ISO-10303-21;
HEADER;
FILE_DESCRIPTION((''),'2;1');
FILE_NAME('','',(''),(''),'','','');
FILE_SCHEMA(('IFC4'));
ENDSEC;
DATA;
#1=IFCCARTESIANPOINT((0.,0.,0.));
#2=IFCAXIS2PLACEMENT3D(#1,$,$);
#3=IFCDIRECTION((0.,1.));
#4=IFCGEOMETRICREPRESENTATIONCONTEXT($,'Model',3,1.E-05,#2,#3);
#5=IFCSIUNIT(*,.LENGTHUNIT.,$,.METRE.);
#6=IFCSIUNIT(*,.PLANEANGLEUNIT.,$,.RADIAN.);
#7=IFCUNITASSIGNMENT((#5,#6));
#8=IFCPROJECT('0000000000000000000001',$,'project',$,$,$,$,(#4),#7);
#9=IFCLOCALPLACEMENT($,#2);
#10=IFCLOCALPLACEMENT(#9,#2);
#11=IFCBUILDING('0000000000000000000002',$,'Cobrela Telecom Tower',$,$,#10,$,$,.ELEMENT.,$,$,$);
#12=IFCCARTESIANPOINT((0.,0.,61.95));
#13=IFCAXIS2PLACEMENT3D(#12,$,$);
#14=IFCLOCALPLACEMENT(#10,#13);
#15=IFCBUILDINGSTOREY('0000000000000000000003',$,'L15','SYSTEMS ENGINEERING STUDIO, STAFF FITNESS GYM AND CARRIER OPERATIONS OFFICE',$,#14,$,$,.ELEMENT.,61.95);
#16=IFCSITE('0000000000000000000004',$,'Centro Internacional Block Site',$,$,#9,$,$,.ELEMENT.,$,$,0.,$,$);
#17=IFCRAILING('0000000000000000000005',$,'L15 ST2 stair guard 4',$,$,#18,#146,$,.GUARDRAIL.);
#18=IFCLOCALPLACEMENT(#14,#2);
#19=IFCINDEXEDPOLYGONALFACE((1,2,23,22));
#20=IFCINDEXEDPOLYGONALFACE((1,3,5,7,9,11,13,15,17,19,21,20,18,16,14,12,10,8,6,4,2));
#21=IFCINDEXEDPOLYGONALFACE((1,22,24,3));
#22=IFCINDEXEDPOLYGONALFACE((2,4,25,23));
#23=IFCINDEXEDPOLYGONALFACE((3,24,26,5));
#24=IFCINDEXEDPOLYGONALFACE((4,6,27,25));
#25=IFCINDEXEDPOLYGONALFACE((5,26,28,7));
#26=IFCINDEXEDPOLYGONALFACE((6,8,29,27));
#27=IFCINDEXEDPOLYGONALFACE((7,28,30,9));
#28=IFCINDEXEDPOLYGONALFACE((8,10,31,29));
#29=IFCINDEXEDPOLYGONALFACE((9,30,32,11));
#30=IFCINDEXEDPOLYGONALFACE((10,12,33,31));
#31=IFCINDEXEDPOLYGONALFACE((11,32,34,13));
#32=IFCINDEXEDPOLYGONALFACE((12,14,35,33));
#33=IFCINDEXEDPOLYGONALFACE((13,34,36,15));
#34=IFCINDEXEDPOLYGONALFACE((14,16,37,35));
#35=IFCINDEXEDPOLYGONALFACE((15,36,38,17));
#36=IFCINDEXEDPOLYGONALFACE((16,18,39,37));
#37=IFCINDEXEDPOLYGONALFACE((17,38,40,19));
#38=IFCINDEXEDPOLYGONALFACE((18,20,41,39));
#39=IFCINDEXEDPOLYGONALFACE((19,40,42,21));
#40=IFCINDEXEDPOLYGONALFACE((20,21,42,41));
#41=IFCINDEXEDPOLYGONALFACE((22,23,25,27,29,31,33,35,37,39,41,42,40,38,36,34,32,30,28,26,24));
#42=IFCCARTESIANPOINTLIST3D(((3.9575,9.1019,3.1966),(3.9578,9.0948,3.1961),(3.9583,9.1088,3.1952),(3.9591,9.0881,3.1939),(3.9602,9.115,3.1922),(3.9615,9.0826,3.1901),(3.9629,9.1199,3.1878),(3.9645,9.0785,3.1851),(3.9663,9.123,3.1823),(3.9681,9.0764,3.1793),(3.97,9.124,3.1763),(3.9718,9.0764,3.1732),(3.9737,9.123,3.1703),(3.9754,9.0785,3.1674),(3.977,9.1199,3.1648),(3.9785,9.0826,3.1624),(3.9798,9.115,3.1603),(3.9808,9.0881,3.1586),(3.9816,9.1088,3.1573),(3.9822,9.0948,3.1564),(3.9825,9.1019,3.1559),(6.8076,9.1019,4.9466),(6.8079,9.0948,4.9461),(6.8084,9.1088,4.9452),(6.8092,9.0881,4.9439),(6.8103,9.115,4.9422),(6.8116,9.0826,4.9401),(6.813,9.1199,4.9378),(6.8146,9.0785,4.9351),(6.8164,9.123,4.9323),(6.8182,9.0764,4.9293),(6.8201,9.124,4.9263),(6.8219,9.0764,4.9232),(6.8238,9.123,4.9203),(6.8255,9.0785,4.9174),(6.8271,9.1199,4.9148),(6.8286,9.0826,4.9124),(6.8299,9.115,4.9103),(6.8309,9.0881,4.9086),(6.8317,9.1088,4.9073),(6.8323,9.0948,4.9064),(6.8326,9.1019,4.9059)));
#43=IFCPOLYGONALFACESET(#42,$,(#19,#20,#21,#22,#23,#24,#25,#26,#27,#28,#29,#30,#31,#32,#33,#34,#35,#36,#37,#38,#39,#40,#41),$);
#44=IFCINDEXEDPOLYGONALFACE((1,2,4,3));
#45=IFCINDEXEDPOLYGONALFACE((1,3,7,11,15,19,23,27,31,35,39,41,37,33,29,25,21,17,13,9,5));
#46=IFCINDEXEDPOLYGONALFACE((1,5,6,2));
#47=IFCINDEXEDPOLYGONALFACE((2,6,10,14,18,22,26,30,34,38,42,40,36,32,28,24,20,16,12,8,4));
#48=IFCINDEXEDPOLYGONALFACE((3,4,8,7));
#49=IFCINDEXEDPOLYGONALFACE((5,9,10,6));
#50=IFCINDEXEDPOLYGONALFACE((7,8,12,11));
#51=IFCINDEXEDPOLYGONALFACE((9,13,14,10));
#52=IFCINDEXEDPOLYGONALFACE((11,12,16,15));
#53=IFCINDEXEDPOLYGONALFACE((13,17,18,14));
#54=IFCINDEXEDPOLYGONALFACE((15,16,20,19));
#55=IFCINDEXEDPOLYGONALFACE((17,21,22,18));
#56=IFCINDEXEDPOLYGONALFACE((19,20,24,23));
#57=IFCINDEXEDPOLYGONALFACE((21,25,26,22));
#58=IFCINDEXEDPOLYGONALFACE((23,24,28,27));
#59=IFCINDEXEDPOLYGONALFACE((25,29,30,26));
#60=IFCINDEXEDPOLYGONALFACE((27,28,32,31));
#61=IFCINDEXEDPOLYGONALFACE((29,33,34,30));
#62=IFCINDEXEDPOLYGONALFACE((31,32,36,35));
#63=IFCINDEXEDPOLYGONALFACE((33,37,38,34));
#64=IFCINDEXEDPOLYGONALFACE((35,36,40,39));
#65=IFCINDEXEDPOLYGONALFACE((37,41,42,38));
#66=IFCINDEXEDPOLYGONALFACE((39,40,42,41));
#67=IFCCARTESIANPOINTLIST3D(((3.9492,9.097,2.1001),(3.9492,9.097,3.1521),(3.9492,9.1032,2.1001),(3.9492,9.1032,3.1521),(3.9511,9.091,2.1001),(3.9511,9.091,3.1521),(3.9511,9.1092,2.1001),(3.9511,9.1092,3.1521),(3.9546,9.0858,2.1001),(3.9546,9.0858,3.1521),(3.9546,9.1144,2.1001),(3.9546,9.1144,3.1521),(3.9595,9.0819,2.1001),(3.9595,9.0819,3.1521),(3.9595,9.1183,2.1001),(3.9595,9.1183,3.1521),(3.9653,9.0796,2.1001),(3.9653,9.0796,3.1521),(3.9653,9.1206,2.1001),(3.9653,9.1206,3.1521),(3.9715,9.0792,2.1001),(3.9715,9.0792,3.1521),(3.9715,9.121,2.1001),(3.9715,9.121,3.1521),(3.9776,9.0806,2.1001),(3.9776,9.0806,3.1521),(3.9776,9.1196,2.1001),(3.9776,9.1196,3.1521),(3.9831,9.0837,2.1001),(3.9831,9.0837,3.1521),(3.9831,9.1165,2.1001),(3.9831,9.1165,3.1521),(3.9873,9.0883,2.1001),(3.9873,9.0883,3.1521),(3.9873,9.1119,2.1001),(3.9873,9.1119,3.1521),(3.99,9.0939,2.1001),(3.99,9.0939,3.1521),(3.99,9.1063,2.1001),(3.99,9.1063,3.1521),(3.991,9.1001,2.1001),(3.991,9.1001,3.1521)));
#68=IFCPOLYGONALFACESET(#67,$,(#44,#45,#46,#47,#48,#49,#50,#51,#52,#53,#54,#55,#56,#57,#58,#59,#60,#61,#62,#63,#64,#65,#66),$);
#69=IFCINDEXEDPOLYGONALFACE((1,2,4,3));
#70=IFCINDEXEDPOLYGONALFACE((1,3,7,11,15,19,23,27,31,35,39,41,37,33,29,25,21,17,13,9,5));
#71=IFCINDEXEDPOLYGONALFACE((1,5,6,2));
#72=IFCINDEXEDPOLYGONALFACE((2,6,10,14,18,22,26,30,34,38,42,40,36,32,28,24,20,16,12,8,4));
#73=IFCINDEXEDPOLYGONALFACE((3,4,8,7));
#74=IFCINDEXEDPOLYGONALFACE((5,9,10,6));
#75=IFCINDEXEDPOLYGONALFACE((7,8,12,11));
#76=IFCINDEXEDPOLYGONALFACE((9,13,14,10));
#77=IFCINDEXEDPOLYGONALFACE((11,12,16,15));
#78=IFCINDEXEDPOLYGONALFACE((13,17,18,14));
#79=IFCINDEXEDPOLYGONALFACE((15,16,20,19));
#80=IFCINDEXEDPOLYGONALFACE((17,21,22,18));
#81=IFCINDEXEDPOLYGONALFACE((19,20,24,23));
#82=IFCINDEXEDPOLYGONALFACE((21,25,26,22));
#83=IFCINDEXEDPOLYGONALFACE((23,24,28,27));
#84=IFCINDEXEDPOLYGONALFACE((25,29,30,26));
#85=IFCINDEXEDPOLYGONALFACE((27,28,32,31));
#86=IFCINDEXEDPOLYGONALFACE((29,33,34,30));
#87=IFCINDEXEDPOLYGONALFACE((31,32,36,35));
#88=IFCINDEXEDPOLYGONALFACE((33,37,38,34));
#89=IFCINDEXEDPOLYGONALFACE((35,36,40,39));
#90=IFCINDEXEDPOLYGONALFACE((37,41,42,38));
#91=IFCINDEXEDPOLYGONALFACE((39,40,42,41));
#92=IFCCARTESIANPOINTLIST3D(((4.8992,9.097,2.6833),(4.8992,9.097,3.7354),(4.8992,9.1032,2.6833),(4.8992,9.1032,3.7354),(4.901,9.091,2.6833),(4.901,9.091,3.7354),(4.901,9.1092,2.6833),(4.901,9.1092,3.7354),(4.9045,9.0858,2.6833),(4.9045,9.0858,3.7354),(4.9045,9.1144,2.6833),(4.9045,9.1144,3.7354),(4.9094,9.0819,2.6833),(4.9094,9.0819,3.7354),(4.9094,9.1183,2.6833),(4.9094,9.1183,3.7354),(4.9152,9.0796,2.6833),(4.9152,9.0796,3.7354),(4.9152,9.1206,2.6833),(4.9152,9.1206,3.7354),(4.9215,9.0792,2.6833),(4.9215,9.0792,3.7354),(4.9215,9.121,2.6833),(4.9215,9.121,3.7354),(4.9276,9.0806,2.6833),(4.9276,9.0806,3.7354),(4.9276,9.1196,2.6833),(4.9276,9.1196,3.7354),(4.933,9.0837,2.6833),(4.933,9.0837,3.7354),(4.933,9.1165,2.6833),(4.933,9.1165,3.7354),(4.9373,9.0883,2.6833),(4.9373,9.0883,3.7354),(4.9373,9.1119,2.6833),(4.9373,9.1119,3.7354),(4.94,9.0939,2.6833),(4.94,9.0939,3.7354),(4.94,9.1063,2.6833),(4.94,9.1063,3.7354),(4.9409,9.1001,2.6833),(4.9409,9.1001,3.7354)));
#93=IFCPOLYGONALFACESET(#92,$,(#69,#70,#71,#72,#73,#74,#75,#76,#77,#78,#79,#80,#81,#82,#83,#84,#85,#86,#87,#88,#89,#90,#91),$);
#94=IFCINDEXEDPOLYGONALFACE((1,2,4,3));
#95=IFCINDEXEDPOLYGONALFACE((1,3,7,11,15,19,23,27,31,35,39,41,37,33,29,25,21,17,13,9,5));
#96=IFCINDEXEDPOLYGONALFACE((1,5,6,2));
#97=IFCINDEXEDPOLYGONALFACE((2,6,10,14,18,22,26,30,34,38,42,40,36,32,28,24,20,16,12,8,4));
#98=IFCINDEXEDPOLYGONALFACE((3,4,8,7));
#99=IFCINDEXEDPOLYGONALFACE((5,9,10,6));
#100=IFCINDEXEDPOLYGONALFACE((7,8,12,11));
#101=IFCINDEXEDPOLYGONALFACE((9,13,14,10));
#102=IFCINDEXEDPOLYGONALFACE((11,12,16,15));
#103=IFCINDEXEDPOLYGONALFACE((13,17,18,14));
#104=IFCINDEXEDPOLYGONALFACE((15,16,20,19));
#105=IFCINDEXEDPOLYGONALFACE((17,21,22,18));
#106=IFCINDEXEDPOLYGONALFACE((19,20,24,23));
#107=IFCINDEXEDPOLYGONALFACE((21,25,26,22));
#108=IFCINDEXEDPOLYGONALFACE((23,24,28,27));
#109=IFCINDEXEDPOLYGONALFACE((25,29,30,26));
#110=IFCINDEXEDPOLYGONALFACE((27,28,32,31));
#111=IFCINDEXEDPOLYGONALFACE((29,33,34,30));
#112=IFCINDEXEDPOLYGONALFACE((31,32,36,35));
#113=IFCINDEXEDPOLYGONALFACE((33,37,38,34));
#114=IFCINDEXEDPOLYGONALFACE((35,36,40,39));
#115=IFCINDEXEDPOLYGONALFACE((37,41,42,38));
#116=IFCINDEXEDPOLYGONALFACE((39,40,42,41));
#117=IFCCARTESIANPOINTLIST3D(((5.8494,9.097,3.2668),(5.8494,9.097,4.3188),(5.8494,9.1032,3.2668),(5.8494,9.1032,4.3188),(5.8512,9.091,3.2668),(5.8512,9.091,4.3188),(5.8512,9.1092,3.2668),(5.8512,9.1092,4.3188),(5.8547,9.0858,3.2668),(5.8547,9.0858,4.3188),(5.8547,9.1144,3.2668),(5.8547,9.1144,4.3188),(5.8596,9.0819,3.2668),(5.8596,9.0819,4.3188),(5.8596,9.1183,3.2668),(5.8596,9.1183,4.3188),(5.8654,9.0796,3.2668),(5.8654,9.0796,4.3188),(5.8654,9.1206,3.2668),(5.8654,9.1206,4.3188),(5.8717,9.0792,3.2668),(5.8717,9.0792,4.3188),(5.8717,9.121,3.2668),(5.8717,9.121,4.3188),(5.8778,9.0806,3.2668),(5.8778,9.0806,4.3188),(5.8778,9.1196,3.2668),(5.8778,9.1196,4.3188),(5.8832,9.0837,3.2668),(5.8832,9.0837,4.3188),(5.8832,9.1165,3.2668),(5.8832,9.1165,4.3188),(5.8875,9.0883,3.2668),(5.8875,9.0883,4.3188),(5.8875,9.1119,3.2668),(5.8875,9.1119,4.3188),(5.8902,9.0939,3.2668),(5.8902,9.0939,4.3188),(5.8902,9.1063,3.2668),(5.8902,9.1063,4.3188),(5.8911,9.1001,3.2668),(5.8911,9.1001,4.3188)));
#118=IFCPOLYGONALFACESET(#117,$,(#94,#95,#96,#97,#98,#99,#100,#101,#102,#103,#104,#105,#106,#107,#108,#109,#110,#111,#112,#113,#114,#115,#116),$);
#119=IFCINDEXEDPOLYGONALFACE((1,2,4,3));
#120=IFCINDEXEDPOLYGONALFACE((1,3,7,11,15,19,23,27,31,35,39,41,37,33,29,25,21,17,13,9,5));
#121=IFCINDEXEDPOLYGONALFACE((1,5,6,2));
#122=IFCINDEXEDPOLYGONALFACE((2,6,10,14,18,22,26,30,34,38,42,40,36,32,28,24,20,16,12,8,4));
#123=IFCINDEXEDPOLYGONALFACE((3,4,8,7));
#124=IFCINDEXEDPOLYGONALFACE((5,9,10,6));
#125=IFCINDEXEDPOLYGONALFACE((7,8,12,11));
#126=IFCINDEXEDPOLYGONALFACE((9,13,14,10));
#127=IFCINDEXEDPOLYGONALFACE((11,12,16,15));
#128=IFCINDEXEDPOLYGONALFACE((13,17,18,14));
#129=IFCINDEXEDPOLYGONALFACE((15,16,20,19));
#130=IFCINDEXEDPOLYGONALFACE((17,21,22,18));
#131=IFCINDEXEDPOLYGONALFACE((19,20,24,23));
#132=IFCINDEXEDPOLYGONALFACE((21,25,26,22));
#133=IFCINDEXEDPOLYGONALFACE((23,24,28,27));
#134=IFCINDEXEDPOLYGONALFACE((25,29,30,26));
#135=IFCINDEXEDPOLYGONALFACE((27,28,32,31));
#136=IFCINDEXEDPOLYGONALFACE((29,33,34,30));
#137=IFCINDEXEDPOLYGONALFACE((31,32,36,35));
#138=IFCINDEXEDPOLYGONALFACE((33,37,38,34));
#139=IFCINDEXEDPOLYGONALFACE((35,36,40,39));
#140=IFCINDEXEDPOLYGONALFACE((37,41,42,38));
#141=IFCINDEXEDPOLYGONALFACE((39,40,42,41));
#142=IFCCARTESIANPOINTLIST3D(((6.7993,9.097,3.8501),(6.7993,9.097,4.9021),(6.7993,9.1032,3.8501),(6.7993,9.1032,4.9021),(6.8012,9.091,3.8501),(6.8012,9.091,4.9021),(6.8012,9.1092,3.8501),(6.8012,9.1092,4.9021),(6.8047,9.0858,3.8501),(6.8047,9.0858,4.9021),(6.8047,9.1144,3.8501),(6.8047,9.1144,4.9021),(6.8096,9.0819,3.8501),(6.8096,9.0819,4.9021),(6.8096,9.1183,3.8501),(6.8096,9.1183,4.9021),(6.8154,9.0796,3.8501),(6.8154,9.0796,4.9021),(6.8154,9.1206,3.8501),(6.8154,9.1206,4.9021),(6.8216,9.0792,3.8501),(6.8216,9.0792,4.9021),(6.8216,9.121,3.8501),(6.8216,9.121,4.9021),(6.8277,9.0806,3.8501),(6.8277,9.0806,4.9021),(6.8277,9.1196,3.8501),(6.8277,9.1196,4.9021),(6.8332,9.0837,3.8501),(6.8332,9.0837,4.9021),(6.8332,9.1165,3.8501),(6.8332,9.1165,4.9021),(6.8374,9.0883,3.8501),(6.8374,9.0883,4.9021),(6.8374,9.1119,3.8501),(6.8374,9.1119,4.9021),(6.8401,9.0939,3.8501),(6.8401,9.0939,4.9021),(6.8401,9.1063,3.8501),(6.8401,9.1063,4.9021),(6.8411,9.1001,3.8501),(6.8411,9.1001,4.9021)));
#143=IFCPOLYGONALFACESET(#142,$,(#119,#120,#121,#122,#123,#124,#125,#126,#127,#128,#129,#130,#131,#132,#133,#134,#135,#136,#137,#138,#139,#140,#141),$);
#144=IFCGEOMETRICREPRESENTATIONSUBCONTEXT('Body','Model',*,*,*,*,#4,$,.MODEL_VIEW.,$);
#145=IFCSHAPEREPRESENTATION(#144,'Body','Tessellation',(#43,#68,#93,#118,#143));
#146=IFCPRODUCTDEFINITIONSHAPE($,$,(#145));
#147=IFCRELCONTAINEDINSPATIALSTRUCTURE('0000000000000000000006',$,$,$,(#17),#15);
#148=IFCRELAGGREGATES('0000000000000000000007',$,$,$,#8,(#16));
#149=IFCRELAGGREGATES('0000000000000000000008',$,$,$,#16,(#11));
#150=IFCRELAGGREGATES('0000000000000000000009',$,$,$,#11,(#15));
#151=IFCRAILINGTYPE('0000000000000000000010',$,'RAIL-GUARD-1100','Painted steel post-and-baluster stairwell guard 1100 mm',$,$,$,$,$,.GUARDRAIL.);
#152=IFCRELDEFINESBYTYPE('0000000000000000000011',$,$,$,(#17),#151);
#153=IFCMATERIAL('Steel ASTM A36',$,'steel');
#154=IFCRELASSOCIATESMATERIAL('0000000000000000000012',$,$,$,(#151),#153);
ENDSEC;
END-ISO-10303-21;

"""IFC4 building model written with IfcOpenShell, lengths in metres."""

from ifc_helpers import new_model, si_unit, direction, frame, origin, origin_2d, place, context, subcontext, project, spatial, circle, extrude, material, type_object, element, save


model = new_model("IFC4")

# Units and contexts
model_context = context("Model", 3, precision=1e-05, world=origin(), true_north=direction((0.0, 1.0)))
body_context = subcontext(model_context, "Body", "Model", "MODEL_VIEW")
ifc_project = project(units=[si_unit("LENGTHUNIT", "METRE"), si_unit("PLANEANGLEUNIT", "RADIAN")], contexts=[model_context])

# Site, building, storey
site_placement = place(None, origin())
site = spatial("IfcSite", under=ifc_project, at=site_placement, Name="Centro Internacional Block Site", CompositionType="ELEMENT", RefElevation=0.0)
building_placement = place(site_placement, origin())
building = spatial("IfcBuilding", under=site, at=building_placement, Name="Cobrela Telecom Tower", CompositionType="ELEMENT")
storey_placement = place(building_placement, frame((0.0, 0.0, 61.95)))
storey = spatial("IfcBuildingStorey", under=building, at=storey_placement, Name="L15", Description="SYSTEMS ENGINEERING STUDIO, STAFF FITNESS GYM AND CARRIER OPERATIONS OFFICE", CompositionType="ELEMENT", Elevation=61.95)

# Railing
ifc_material_1 = material(Name="Steel ASTM A36", Category="steel")
railing_type_1 = type_object("IfcRailingType", Name="RAIL-GUARD-1100", Description="Painted steel post-and-baluster stairwell guard 1100 mm", PredefinedType="GUARDRAIL", material=ifc_material_1)
railing_1_placement = place(storey_placement, frame((3.97, 9.1001, 2.1001)))
element("IfcRailing", 1, at=railing_1_placement, inside=storey, type_object=railing_type_1, Name="L15 ST2 stair guard 4", PredefinedType="GUARDRAIL", context=body_context, shape_type="SweptSolid", body=[
    extrude(circle(Radius=0.0239, at=origin_2d()), frame((0.0, 0.0, 1.0762), z_axis=(0.852179, 0.0, 0.52325), x_axis=(0.0, 1.0, 0.0)), (0.0, 0.0, 1.0), 3.3445),
    extrude(circle(Radius=0.021, at=origin_2d()), origin(), (0.0, 0.0, 1.0), 1.052),
    extrude(circle(Radius=0.021, at=origin_2d()), frame((0.95, 0.0, 0.5833)), (0.0, 0.0, 1.0), 1.052),
    extrude(circle(Radius=0.021, at=origin_2d()), frame((1.9001, 0.0, 1.1667)), (0.0, 0.0, 1.0), 1.052),
    extrude(circle(Radius=0.021, at=origin_2d()), frame((2.8501, 0.0, 1.75)), (0.0, 0.0, 1.0), 1.052),
])

save(model, "model.ifc")
